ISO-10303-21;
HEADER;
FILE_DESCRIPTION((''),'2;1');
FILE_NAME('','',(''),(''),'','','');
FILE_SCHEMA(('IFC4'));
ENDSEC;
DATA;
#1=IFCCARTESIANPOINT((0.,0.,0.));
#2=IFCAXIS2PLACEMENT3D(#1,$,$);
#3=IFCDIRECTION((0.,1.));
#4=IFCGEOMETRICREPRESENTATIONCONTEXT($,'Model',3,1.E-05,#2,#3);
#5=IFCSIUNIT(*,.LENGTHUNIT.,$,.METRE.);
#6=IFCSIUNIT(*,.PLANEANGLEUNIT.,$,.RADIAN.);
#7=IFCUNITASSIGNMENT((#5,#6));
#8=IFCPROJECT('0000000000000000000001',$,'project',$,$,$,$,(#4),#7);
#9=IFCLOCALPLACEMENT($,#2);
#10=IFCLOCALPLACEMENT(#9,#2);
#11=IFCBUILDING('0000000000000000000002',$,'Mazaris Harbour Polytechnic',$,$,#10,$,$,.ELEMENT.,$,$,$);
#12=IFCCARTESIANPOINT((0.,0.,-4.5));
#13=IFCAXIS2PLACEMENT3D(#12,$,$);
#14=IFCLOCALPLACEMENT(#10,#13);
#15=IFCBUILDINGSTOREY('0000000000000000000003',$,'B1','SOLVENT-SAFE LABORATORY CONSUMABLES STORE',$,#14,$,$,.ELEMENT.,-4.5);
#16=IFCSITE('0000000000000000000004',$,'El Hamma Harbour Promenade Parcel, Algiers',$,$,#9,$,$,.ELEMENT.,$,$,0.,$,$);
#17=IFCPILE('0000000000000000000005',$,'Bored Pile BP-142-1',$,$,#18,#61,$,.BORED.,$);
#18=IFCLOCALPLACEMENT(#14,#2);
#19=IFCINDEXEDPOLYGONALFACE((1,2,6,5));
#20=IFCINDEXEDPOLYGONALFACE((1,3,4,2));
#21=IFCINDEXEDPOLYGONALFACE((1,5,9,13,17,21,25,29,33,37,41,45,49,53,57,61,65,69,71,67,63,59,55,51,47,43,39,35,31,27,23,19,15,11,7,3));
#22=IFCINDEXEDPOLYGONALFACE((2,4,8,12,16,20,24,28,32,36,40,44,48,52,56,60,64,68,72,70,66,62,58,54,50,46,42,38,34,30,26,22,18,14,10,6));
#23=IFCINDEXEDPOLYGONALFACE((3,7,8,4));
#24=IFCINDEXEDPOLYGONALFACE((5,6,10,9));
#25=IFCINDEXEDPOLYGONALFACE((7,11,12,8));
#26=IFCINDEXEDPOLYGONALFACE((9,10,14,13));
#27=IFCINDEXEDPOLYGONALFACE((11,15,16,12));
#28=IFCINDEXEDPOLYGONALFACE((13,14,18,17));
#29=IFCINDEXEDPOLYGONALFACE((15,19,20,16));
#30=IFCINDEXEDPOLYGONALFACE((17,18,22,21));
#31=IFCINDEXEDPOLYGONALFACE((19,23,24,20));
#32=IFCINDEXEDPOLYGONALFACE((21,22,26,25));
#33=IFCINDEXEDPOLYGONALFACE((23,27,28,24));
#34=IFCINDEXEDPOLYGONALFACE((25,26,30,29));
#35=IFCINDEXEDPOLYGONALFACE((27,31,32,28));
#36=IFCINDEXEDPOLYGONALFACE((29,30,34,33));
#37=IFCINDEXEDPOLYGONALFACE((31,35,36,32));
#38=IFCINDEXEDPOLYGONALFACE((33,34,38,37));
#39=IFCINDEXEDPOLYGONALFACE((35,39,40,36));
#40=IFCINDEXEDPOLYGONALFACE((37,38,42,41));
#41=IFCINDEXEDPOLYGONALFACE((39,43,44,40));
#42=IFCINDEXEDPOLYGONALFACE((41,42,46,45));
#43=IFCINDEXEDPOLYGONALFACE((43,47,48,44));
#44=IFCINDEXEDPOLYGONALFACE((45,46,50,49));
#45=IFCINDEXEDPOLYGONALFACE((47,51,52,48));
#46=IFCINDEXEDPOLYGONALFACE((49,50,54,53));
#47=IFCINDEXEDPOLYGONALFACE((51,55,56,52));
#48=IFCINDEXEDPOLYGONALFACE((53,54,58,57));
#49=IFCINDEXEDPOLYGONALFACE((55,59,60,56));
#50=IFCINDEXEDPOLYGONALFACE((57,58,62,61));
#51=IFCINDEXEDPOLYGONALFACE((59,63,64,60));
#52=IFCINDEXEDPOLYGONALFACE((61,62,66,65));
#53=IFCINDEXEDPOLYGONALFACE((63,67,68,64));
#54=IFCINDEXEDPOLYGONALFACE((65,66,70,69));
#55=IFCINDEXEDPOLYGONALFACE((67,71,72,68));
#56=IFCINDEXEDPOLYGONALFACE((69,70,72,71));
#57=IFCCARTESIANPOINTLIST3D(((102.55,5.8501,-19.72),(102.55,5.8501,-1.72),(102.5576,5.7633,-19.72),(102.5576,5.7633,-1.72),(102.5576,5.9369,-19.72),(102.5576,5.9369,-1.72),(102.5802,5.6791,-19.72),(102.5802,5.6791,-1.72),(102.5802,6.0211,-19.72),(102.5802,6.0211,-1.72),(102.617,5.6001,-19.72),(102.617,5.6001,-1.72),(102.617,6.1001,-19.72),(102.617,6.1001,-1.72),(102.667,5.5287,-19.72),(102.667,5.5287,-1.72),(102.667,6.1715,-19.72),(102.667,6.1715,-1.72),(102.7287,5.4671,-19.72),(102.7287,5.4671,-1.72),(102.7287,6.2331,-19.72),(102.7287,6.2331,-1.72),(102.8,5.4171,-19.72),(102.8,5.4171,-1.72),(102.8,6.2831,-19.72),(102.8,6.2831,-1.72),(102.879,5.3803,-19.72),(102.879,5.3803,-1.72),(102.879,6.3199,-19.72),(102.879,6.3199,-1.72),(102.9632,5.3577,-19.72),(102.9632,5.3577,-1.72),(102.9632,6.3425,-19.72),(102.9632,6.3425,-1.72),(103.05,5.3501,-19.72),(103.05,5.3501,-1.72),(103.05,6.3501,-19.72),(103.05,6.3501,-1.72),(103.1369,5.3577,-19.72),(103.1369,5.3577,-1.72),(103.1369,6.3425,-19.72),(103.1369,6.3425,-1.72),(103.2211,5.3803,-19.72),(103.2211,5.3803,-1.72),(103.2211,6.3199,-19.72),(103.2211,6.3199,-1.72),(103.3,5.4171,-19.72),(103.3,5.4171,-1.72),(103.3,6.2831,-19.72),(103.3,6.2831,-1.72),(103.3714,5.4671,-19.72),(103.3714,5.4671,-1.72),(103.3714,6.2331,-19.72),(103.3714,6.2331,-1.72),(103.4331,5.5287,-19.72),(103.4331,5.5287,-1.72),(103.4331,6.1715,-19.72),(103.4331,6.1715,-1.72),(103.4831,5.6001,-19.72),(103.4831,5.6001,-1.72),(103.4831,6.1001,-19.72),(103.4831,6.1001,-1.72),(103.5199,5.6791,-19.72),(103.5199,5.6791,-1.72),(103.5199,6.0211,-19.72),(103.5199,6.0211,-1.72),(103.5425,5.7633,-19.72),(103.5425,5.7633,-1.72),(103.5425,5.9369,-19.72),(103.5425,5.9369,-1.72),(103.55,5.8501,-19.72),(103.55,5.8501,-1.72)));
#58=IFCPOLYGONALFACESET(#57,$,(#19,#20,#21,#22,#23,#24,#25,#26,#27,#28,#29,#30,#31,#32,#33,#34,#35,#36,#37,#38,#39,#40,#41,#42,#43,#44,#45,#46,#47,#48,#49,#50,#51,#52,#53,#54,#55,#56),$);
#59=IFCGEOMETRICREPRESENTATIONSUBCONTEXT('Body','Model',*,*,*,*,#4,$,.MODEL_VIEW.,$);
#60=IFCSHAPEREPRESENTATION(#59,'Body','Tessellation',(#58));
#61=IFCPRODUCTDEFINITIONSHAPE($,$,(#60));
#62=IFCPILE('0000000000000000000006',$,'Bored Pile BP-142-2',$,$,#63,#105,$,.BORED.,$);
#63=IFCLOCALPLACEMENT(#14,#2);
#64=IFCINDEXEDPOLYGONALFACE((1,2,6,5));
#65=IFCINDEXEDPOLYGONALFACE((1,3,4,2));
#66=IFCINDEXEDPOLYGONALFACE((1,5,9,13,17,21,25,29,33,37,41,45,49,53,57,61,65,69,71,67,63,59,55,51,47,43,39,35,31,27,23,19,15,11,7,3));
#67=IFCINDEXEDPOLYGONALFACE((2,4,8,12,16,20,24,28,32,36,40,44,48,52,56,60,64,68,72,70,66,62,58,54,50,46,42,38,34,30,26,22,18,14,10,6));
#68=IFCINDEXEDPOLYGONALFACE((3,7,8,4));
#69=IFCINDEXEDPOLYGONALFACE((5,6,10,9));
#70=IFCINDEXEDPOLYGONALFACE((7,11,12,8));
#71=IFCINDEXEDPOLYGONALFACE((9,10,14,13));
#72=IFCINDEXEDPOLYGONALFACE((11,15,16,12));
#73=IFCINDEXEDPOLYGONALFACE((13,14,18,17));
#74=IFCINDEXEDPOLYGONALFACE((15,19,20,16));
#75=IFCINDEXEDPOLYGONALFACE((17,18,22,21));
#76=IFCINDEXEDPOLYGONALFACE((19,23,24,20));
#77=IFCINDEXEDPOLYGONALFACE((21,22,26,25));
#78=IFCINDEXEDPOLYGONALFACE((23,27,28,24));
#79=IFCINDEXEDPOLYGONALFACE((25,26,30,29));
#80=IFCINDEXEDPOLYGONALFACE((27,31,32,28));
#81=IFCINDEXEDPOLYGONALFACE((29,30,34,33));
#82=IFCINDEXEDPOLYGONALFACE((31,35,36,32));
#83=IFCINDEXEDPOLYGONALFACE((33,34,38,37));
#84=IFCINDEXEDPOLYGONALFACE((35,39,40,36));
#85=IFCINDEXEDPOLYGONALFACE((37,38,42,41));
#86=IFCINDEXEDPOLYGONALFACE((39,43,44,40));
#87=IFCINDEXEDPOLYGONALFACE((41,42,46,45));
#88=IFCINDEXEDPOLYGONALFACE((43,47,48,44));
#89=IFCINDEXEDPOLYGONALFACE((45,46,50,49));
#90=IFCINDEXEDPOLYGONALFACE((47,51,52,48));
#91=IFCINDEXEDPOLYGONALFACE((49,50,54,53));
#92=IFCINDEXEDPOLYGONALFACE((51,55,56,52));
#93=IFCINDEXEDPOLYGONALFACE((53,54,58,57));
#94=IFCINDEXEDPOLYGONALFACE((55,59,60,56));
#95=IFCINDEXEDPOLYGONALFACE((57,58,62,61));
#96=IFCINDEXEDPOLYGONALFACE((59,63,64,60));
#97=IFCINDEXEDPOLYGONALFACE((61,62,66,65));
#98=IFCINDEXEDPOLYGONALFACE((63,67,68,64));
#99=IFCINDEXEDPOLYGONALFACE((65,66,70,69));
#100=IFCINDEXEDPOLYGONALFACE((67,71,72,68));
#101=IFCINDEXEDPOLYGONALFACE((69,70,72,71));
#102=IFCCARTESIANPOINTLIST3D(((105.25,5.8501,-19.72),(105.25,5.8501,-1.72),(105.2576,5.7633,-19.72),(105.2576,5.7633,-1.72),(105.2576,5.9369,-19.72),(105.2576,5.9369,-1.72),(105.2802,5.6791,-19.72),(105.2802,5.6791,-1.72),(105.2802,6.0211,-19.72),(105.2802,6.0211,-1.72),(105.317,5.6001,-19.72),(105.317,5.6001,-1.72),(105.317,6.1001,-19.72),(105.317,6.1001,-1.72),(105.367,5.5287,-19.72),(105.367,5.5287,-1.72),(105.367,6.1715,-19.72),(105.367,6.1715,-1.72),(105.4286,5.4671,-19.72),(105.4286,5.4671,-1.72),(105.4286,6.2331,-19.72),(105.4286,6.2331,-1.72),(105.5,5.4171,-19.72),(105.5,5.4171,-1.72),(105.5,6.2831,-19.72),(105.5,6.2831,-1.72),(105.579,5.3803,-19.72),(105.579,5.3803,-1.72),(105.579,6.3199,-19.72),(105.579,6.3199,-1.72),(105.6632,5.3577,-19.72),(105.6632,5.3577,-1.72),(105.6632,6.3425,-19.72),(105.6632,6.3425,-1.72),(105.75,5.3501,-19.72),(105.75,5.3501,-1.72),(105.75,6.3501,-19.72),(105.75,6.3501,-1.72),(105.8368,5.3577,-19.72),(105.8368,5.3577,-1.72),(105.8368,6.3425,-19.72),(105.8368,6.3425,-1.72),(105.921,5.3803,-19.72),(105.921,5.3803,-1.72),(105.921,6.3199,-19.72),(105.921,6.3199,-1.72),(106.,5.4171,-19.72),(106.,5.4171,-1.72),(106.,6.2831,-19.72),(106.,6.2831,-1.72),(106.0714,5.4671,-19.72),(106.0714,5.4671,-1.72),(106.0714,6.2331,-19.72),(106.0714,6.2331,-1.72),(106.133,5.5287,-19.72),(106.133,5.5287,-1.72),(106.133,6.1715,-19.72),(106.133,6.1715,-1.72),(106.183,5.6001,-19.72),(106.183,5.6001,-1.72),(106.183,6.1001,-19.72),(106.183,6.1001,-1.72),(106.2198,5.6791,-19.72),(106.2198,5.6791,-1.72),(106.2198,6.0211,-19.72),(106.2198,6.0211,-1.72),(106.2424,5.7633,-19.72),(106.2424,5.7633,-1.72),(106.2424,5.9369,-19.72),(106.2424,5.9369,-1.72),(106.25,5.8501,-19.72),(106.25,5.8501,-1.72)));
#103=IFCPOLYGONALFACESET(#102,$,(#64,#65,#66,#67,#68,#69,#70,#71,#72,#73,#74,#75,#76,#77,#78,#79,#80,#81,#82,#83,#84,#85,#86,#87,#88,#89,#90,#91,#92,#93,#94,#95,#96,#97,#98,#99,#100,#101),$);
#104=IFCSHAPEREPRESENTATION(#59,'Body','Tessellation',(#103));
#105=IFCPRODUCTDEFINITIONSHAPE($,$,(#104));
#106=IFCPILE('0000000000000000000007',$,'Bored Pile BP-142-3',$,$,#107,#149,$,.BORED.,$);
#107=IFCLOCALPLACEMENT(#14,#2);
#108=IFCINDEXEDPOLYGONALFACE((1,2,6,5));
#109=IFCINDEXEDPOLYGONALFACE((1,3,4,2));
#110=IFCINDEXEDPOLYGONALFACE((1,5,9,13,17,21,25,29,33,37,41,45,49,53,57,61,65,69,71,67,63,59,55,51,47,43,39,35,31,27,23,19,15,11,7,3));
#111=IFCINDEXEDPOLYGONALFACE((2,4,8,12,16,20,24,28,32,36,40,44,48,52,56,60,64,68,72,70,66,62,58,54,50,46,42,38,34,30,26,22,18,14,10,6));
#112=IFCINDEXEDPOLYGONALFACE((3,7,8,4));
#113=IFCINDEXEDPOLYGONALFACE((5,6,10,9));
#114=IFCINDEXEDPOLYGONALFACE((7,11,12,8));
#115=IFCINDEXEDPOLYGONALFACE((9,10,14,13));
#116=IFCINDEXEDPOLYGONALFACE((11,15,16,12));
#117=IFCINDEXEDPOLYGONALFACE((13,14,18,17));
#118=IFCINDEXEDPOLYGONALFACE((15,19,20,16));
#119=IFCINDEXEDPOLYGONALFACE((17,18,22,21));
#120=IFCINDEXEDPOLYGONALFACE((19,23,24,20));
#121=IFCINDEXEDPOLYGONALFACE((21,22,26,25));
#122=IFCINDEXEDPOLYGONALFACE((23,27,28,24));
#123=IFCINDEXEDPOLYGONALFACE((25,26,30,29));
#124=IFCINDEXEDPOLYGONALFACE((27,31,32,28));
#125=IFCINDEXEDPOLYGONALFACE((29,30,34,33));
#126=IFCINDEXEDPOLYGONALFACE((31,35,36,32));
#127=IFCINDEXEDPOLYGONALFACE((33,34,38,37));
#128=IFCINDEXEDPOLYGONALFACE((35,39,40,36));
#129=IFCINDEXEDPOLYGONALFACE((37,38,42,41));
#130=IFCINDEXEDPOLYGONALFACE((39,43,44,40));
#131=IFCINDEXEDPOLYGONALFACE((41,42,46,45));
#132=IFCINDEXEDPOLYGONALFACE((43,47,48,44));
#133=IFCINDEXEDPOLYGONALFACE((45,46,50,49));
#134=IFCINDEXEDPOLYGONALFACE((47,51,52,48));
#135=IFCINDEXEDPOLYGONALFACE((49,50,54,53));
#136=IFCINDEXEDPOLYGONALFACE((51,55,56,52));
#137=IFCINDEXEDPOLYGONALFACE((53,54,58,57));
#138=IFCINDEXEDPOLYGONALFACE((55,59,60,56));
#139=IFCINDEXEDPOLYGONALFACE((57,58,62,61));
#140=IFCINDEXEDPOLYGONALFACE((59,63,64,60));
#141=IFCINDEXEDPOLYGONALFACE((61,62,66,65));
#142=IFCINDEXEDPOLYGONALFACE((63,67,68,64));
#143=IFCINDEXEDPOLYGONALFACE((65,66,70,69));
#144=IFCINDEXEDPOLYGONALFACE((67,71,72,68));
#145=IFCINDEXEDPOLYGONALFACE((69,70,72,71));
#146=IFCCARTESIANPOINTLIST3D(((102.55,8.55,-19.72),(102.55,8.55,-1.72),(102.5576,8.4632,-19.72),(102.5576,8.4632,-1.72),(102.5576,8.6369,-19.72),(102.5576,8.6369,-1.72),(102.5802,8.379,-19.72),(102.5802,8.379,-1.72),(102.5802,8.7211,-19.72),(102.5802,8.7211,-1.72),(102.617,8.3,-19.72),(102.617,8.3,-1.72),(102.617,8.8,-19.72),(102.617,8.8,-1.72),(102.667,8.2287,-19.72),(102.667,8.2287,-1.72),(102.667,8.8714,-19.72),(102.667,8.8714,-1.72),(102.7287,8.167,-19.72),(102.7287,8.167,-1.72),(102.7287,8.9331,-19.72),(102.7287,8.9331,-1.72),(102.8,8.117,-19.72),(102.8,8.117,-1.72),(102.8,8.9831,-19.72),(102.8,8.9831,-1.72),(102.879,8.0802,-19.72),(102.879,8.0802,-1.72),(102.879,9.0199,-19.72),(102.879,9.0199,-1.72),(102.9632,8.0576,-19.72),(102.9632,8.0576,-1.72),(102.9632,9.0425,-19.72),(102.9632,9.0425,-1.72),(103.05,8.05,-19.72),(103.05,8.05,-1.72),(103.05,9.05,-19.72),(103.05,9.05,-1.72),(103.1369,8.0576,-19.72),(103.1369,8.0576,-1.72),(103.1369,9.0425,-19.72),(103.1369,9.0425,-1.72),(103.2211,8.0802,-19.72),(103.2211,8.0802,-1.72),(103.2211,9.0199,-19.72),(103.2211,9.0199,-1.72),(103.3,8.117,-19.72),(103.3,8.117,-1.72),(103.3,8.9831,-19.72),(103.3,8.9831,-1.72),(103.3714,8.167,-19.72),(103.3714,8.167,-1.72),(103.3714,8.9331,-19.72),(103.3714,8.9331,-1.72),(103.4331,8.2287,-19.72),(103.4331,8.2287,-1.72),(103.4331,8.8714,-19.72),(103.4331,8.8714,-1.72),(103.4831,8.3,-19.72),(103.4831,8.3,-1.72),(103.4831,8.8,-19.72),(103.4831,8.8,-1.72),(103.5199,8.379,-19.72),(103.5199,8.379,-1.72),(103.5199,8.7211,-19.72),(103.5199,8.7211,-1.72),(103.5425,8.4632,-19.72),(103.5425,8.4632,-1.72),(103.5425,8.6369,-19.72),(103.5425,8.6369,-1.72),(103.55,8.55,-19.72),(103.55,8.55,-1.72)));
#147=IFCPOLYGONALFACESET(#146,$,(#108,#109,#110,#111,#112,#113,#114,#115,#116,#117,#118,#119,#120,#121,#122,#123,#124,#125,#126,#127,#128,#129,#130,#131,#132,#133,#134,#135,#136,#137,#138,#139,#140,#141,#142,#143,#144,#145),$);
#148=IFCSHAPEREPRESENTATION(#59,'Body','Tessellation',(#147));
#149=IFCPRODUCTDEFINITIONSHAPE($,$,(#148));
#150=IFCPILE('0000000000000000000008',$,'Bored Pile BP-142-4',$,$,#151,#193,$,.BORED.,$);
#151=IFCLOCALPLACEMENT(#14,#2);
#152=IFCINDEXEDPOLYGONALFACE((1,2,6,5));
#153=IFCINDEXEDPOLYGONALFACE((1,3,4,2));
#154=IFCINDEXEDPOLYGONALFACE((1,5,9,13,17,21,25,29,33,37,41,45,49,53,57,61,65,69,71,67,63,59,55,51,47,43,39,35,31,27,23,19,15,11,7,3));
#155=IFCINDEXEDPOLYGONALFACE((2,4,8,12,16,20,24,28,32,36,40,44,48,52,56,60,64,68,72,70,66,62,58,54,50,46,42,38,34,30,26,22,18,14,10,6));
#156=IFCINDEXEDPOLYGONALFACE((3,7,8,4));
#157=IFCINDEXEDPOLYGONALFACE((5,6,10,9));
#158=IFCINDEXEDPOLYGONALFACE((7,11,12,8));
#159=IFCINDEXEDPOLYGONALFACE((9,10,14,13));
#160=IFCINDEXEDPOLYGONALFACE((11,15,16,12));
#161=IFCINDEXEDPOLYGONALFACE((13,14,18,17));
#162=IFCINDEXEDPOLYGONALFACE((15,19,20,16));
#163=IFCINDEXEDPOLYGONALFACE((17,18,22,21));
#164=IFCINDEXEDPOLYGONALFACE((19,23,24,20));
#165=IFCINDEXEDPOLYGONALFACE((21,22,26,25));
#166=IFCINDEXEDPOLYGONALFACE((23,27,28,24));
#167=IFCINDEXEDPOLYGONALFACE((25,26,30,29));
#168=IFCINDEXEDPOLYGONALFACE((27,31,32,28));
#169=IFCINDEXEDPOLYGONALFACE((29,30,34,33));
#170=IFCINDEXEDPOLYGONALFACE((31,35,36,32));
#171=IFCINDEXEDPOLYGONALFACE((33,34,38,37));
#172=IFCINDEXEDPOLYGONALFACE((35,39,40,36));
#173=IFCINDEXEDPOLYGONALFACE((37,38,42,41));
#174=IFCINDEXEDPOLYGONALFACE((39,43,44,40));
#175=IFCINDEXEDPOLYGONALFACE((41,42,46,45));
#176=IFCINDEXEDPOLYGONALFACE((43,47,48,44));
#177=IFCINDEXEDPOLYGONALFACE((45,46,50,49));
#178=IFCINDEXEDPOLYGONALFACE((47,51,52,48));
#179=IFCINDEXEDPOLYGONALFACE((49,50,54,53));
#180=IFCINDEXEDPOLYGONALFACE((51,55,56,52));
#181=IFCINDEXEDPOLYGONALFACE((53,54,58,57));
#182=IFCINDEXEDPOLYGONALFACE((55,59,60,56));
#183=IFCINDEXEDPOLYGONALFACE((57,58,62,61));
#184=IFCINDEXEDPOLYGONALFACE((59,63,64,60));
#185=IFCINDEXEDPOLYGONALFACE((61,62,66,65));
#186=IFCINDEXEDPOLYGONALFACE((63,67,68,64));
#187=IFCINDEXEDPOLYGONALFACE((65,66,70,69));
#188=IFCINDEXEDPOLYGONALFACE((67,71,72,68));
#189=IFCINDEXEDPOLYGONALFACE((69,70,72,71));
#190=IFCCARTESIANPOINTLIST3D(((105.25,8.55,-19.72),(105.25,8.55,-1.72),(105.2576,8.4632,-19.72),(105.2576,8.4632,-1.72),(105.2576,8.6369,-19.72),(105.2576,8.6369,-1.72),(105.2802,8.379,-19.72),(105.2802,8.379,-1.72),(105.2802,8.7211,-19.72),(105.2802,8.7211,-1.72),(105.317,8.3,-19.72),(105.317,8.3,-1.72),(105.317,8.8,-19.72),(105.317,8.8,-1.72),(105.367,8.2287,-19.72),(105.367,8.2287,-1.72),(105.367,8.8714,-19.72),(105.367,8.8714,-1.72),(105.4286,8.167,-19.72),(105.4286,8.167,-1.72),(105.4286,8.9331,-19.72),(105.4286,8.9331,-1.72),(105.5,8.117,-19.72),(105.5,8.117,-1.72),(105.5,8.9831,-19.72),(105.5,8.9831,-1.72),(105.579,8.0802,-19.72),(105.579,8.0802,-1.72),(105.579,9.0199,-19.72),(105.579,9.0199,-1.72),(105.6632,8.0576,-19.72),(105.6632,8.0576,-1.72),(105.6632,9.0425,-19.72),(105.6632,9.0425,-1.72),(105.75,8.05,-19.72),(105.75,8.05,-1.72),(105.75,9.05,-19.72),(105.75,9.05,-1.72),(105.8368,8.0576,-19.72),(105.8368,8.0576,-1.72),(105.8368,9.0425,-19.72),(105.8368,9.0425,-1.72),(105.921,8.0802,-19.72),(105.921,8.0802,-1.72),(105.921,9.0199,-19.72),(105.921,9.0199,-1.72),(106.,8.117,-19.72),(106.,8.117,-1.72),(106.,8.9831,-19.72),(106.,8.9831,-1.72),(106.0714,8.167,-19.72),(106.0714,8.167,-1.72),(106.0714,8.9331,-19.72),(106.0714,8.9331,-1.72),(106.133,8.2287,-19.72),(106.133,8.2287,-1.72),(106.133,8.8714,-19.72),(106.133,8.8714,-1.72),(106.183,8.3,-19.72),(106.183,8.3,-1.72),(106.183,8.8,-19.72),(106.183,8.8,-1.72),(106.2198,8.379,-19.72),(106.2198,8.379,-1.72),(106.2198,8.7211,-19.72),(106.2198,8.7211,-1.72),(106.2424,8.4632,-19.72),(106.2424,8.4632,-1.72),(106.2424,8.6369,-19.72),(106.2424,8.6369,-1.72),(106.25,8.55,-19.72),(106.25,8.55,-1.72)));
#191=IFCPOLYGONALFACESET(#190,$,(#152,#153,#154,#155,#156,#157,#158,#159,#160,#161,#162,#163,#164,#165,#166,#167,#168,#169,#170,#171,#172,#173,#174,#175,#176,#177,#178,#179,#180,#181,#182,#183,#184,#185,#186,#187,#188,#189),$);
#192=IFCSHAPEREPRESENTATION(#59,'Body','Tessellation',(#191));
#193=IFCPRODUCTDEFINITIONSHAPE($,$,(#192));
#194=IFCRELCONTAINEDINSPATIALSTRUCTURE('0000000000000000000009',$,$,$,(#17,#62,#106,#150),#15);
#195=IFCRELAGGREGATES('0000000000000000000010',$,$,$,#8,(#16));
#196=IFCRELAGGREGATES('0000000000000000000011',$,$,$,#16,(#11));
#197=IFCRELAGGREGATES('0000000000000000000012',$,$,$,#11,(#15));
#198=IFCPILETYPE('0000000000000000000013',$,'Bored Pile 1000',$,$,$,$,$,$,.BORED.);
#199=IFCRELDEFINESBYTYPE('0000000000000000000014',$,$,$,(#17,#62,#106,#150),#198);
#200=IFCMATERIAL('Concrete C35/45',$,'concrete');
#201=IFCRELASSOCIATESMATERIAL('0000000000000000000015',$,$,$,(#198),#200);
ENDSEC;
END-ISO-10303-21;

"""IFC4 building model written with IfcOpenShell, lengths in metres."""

from ifc_helpers import new_model, si_unit, direction, frame, origin, origin_2d, place, context, subcontext, project, spatial, circle, extrude, material, material_profile, profile_set, type_object, element, save


model = new_model("IFC4")

# Units and contexts
model_context = context("Model", 3, precision=1e-05, world=origin(), true_north=direction((0.0, 1.0)))
body_context = subcontext(model_context, "Body", "Model", "MODEL_VIEW")
ifc_project = project(units=[si_unit("LENGTHUNIT", "METRE"), si_unit("PLANEANGLEUNIT", "RADIAN")], contexts=[model_context])

# Site, building, storey
site_placement = place(None, origin())
site = spatial("IfcSite", under=ifc_project, at=site_placement, Name="El Hamma Harbour Promenade Parcel, Algiers", CompositionType="ELEMENT", RefElevation=0.0)
building_placement = place(site_placement, origin())
building = spatial("IfcBuilding", under=site, at=building_placement, Name="Mazaris Harbour Polytechnic", CompositionType="ELEMENT")
storey_placement = place(building_placement, frame((0.0, 0.0, -4.5)))
storey = spatial("IfcBuildingStorey", under=building, at=storey_placement, Name="B1", Description="SOLVENT-SAFE LABORATORY CONSUMABLES STORE", CompositionType="ELEMENT", Elevation=-4.5)

# Piles
ifc_material_1 = material(Name="Concrete C35/45", Category="concrete")
ifc_material_profile_1 = material_profile(ifc_material_1, circle(Radius=0.5, at=origin_2d()), Name="DIA1000")
ifc_profile_set_1 = profile_set([ifc_material_profile_1], Name="Concrete C35/45")
pile_type_1 = type_object("IfcPileType", Name="Bored Pile 1000", PredefinedType="BORED", material=ifc_profile_set_1)
for number, where, z_axis, x_axis, name in (
    (1, (103.05, 5.8501, -1.72), (0.0, 0.0, -1.0), (1.0, 0.0, 0.0), "Bored Pile BP-142-1"),
    (2, (105.75, 5.8501, -1.72), (0.0, 0.0, -1.0), (1.0, 0.0, 0.0), "Bored Pile BP-142-2"),
    (3, (103.05, 8.55, -1.72), (0.0, 0.0, -1.0), (1.0, 0.0, 0.0), "Bored Pile BP-142-3"),
    (4, (105.75, 8.55, -1.72), (0.0, 0.0, -1.0), (1.0, 0.0, 0.0), "Bored Pile BP-142-4"),
):
    element("IfcPile", number, at=place(storey_placement, frame(where, z_axis=z_axis, x_axis=x_axis)), inside=storey, type_object=pile_type_1, Name=name, PredefinedType="BORED", context=body_context, shape_type="SweptSolid", body=[
        extrude(circle(Radius=0.5, at=origin_2d()), origin(), (0.0, 0.0, 1.0), 18.0),
    ])

save(model, "model.ifc")
